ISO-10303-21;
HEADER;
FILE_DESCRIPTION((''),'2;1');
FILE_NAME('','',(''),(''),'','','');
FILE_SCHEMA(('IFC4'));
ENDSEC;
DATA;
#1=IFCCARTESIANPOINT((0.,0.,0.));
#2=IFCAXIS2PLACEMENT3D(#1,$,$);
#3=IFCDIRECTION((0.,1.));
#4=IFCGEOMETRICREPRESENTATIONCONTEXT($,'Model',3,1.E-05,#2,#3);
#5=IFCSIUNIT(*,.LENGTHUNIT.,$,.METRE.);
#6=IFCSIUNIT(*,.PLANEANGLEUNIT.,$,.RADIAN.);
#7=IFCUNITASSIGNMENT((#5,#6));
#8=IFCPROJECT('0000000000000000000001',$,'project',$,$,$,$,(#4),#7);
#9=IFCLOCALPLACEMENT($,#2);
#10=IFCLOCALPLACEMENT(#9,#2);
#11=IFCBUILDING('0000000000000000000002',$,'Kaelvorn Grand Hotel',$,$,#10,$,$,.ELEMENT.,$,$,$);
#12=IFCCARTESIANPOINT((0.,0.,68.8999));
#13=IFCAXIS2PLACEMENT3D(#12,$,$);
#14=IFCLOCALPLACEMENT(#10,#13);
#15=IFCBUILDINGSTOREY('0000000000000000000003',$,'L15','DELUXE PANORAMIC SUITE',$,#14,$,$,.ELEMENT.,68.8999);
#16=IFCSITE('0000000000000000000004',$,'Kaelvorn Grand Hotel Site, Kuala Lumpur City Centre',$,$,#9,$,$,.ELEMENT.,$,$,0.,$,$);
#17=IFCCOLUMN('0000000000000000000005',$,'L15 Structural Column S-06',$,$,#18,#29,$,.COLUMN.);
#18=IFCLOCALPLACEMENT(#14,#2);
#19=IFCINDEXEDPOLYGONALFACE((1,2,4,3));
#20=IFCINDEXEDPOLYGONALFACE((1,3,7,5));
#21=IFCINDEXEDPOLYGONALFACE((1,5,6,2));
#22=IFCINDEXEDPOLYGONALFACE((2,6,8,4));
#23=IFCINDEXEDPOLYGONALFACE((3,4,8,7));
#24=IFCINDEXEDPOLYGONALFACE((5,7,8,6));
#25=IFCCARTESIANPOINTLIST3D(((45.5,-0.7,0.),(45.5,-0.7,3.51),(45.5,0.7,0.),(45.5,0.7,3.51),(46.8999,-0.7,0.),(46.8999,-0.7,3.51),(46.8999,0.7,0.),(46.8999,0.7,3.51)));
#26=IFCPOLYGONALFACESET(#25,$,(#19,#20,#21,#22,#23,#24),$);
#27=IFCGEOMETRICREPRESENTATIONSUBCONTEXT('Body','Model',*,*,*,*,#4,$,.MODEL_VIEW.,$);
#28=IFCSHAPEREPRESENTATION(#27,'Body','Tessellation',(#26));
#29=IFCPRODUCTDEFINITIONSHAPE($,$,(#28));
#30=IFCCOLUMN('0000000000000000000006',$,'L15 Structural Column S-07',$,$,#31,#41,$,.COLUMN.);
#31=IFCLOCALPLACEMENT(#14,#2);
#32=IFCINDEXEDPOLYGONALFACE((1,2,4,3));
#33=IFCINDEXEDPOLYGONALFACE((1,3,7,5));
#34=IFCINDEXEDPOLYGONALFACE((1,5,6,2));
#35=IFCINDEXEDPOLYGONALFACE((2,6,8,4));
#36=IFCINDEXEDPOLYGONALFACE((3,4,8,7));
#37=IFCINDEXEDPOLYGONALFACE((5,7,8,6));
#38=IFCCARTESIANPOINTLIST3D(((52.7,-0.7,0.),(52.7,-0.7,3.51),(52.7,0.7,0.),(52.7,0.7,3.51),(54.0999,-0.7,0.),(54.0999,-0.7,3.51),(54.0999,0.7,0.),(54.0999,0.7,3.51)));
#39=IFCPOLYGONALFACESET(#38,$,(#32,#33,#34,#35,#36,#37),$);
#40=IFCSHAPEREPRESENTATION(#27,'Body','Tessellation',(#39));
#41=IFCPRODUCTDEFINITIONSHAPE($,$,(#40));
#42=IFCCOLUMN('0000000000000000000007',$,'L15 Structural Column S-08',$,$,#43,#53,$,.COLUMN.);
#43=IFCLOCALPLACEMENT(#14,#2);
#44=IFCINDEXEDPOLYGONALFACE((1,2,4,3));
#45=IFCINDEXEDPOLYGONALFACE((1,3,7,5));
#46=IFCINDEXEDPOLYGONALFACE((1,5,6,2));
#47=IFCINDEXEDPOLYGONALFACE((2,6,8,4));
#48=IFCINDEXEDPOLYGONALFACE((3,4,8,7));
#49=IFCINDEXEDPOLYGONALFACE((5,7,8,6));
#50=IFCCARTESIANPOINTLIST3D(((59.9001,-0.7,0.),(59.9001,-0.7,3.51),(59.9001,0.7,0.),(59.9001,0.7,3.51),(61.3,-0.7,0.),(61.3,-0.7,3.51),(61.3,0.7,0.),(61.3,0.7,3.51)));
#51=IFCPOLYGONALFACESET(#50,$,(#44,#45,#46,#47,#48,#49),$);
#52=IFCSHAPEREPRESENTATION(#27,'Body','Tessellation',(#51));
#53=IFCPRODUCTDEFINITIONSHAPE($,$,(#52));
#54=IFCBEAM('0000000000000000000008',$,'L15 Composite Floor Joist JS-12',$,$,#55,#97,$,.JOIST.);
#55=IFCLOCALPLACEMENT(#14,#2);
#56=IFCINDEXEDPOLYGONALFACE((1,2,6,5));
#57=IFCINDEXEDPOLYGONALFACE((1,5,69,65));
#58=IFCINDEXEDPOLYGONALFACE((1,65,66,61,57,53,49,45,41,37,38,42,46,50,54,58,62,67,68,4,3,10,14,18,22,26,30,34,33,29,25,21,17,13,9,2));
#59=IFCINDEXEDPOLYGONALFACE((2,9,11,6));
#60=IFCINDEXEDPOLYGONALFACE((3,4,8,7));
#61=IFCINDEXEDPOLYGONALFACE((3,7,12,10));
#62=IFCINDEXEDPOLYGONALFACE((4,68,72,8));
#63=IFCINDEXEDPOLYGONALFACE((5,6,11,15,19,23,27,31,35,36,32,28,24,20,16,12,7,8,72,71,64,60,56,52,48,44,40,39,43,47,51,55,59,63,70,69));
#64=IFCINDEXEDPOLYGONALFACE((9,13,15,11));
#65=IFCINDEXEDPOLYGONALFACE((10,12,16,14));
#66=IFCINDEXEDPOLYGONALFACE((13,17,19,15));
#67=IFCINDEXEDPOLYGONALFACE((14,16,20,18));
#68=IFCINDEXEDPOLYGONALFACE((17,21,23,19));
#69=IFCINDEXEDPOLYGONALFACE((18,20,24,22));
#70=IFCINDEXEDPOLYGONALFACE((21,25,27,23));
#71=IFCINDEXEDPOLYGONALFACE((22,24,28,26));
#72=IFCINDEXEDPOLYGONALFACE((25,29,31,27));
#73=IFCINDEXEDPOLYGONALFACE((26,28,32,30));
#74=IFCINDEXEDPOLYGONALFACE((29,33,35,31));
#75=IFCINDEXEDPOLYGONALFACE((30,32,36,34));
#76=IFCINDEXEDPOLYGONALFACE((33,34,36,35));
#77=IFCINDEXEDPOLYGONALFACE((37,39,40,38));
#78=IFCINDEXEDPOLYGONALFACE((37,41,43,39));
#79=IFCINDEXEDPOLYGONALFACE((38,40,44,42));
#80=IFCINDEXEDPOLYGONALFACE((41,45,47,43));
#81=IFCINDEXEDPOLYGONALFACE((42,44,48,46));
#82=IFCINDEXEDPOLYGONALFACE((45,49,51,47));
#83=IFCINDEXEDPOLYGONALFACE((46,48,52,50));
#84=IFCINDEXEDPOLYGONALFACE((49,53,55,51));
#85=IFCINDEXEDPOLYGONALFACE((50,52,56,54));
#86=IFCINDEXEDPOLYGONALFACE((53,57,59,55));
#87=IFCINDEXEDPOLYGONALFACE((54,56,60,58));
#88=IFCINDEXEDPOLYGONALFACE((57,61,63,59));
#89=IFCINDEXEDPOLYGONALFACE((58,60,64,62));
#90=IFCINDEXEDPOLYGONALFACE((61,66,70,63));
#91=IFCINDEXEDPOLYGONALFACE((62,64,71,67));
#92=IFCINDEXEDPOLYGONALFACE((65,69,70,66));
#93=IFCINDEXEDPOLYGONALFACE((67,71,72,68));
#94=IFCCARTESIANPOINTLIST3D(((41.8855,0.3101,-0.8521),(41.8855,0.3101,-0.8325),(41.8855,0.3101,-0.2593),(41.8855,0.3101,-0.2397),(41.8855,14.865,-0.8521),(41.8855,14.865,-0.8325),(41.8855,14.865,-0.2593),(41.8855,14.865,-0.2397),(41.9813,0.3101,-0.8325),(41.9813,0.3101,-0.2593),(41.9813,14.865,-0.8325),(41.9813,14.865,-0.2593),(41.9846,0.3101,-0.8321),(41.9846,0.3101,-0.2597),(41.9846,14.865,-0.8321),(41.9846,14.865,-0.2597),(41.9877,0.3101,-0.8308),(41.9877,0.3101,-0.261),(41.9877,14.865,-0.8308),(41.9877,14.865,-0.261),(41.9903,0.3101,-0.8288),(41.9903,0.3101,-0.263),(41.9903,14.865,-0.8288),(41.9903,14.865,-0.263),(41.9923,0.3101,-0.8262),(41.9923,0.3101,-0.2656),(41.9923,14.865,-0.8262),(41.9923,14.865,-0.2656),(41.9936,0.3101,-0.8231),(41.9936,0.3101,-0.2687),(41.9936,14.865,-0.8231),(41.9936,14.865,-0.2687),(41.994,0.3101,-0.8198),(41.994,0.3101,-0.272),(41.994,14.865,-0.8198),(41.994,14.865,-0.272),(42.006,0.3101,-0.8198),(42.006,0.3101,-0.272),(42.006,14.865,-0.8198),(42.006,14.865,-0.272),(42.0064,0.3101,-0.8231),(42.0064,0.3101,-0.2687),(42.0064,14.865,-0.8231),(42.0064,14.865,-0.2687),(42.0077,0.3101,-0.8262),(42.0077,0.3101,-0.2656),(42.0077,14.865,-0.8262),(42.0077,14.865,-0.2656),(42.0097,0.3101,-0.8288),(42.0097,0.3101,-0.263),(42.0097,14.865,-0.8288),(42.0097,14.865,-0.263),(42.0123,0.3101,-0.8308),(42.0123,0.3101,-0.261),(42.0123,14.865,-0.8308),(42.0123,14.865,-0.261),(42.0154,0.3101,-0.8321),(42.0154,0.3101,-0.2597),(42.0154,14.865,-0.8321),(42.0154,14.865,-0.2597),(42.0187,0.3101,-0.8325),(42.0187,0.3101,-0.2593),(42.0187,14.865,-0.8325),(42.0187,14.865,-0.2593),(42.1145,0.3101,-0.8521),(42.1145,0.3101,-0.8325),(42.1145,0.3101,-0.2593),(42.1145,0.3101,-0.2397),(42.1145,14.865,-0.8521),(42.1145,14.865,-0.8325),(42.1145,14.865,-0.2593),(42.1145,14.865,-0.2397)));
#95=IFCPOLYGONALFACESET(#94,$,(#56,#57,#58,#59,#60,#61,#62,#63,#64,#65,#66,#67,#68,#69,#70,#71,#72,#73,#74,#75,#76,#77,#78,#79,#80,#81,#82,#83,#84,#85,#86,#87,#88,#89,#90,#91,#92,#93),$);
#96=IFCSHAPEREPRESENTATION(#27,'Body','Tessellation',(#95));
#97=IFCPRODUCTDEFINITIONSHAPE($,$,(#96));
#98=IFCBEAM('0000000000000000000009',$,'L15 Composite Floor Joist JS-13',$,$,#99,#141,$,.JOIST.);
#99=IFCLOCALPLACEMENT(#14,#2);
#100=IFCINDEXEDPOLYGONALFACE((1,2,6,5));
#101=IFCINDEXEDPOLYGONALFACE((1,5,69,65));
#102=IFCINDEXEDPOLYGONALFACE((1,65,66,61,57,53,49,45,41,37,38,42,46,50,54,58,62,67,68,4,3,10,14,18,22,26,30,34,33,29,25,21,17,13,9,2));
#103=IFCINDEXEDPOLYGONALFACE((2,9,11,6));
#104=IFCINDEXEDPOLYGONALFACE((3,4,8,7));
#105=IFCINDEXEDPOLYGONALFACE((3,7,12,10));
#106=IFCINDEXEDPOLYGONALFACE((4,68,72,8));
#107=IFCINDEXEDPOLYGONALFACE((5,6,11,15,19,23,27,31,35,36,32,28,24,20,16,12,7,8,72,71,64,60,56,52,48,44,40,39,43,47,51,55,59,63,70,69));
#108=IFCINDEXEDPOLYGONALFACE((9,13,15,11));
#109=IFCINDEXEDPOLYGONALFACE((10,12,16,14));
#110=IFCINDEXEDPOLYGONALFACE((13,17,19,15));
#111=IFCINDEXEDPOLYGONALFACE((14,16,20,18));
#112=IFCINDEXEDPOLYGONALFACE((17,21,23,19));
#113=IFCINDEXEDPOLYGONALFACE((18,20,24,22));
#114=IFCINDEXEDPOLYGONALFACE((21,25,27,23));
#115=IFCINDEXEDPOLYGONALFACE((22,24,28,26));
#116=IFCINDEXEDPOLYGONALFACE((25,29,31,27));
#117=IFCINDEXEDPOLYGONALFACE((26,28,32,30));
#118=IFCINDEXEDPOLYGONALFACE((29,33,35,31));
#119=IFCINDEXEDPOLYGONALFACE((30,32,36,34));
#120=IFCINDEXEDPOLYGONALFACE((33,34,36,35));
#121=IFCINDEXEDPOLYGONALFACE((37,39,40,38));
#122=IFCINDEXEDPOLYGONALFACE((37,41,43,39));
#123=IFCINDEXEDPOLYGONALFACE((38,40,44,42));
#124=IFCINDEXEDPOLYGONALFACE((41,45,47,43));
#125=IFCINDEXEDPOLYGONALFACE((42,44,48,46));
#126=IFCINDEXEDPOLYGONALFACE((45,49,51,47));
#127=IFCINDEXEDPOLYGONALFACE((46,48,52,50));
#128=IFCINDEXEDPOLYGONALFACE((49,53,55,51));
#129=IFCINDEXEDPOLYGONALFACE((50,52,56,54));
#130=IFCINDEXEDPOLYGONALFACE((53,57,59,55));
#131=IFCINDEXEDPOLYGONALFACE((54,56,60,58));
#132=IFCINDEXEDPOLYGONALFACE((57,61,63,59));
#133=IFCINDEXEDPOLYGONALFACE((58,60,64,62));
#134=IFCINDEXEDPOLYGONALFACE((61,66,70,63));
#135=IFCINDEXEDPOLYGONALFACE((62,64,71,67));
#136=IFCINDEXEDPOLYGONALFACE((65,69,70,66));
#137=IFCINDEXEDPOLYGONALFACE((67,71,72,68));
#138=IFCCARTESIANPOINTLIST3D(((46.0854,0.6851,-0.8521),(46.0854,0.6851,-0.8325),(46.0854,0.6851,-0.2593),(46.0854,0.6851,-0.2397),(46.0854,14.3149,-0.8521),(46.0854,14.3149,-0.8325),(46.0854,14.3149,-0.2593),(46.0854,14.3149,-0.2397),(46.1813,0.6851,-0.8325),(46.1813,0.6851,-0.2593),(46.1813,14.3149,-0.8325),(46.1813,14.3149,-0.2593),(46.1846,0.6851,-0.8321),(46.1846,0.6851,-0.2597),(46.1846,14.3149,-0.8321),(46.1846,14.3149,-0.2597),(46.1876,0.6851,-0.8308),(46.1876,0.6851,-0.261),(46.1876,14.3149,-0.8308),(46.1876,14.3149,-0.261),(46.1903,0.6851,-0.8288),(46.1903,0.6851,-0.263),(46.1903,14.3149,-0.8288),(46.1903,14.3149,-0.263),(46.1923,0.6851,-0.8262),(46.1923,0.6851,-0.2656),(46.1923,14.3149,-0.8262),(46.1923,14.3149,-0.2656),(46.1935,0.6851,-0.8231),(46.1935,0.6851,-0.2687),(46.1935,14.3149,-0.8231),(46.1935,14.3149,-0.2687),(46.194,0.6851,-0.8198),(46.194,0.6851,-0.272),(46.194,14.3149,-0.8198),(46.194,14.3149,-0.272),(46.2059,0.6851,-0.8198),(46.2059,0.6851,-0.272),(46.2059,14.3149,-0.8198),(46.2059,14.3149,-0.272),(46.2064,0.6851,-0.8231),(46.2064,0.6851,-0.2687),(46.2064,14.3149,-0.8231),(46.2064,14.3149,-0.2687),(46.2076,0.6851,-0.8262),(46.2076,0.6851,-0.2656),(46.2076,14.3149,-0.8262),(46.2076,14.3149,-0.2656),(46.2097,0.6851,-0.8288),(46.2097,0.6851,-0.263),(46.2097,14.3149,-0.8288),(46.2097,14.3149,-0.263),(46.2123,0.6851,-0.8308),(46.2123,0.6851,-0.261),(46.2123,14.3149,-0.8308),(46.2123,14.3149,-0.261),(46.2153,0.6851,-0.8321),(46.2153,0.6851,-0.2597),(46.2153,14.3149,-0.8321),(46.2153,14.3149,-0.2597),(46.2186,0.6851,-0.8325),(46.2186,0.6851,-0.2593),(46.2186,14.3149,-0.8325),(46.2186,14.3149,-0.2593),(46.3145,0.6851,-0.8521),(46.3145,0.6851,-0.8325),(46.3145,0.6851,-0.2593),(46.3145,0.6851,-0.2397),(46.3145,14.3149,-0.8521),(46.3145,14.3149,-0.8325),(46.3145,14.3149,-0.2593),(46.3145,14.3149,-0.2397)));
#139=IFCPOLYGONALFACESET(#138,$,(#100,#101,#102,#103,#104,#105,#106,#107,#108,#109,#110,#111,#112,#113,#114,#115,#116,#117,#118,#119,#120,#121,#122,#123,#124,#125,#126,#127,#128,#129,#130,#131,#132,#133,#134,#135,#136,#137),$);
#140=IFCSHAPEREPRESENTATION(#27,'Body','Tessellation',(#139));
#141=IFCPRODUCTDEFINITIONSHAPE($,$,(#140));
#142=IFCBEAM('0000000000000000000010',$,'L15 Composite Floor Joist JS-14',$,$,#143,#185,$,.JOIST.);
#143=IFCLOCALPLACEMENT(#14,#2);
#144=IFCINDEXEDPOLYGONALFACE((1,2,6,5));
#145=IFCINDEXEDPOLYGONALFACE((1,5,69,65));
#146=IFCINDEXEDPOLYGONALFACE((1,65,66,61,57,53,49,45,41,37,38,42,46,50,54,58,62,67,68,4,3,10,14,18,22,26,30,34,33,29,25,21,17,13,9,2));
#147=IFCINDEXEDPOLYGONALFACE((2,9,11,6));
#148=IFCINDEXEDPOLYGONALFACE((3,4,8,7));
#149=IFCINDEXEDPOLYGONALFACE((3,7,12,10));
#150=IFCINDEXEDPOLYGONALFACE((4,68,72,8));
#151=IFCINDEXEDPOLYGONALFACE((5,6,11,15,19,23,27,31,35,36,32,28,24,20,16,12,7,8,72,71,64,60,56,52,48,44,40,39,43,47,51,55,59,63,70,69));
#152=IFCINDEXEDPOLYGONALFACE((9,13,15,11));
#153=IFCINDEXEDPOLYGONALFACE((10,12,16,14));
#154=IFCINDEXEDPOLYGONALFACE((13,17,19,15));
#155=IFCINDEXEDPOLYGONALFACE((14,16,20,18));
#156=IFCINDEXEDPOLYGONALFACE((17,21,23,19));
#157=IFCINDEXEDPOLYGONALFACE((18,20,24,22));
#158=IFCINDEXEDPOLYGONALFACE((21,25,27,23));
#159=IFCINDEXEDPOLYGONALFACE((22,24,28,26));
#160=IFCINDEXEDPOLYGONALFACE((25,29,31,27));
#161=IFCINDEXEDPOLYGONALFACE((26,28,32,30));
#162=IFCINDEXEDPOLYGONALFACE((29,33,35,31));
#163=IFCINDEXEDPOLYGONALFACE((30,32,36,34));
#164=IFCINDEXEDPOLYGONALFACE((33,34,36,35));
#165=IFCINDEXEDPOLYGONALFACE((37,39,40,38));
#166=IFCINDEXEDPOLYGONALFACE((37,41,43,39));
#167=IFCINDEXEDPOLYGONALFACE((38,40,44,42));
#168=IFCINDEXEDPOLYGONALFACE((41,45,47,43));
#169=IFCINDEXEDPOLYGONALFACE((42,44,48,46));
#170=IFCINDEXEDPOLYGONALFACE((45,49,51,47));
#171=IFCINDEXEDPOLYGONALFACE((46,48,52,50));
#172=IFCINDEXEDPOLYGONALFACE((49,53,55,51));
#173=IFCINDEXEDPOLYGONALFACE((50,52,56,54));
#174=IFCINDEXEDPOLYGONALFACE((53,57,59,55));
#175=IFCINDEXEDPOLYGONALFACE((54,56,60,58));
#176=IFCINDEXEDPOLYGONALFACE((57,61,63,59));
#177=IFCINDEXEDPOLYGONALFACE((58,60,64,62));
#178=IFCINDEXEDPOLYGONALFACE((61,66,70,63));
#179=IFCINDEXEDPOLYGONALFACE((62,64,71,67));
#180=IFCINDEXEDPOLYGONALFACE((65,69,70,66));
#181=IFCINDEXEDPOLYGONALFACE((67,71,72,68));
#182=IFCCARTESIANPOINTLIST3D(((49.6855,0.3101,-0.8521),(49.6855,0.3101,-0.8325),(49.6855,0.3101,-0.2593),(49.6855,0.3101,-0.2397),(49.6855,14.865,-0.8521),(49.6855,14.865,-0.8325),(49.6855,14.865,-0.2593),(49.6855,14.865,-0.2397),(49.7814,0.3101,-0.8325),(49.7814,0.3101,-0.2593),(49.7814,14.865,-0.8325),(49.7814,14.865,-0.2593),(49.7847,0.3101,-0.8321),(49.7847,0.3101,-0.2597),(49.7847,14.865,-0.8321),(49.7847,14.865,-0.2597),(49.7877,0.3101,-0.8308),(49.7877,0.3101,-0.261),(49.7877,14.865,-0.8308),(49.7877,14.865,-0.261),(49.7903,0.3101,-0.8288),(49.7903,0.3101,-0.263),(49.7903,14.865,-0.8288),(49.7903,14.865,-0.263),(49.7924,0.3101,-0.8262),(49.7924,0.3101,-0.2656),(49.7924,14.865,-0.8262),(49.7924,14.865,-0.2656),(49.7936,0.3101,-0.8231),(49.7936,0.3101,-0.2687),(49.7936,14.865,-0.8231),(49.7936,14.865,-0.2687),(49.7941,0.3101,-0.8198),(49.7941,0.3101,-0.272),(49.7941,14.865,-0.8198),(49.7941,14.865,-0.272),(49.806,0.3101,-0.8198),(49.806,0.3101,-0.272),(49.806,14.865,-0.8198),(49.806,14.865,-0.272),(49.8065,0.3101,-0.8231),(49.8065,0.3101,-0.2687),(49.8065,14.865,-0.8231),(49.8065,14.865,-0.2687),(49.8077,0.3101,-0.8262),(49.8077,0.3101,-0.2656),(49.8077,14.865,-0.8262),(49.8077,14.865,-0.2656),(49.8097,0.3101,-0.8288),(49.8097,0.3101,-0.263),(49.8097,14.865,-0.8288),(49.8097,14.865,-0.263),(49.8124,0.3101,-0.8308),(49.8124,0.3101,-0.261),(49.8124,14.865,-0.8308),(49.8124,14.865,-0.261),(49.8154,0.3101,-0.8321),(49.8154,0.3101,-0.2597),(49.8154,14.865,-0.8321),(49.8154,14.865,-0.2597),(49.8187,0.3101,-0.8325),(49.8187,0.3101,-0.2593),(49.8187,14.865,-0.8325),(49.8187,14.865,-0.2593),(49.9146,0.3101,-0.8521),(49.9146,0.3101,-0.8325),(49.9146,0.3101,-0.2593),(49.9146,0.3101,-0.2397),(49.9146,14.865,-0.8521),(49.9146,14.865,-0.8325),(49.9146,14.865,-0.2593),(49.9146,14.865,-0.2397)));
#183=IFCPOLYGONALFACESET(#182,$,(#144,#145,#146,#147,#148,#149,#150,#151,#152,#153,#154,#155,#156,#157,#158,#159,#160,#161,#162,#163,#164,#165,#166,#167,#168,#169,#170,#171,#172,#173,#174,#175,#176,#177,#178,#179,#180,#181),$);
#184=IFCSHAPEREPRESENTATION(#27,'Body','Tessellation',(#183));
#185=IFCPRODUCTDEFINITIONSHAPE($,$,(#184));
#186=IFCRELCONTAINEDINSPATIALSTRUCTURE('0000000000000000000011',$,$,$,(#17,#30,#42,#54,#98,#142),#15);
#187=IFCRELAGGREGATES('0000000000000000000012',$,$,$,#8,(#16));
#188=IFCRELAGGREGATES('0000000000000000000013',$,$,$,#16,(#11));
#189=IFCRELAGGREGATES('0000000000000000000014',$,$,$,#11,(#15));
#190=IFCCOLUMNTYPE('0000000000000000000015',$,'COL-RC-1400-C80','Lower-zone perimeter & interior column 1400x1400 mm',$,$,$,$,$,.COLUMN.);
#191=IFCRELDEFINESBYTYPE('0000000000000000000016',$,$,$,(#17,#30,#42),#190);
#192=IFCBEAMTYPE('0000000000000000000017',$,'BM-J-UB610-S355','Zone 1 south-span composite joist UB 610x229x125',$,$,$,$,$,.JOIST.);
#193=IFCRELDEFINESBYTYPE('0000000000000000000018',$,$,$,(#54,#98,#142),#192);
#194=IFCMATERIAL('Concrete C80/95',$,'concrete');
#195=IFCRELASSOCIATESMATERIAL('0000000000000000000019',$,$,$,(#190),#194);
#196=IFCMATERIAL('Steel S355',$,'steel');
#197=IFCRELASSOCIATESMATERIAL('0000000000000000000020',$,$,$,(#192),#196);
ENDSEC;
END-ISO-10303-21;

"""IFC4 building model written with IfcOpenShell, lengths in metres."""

from ifc_helpers import new_model, si_unit, direction, frame, origin, origin_2d, place, context, subcontext, project, spatial, rectangle, i_section, extrude, material, material_profile, profile_set, type_object, element, save


model = new_model("IFC4")

# Units and contexts
model_context = context("Model", 3, precision=1e-05, world=origin(), true_north=direction((0.0, 1.0)))
body_context = subcontext(model_context, "Body", "Model", "MODEL_VIEW")
ifc_project = project(units=[si_unit("LENGTHUNIT", "METRE"), si_unit("PLANEANGLEUNIT", "RADIAN")], contexts=[model_context])

# Site, building, storey
site_placement = place(None, origin())
site = spatial("IfcSite", under=ifc_project, at=site_placement, Name="Kaelvorn Grand Hotel Site, Kuala Lumpur City Centre", CompositionType="ELEMENT", RefElevation=0.0)
building_placement = place(site_placement, origin())
building = spatial("IfcBuilding", under=site, at=building_placement, Name="Kaelvorn Grand Hotel", CompositionType="ELEMENT")
storey_placement = place(building_placement, frame((0.0, 0.0, 68.8999)))
storey = spatial("IfcBuildingStorey", under=building, at=storey_placement, Name="L15", Description="DELUXE PANORAMIC SUITE", CompositionType="ELEMENT", Elevation=68.8999)

# Columns
ifc_material_1 = material(Name="Concrete C80/95", Category="concrete")
ifc_material_profile_1 = material_profile(ifc_material_1, rectangle(XDim=1.3999, YDim=1.3999, at=origin_2d()), Name="RC COL 1400x1400")
ifc_profile_set_1 = profile_set([ifc_material_profile_1], Name="Concrete C80/95")
column_type = type_object("IfcColumnType", Name="COL-RC-1400-C80", Description="Lower-zone perimeter & interior column 1400x1400 mm", PredefinedType="COLUMN", material=ifc_profile_set_1)
for number, where, z_axis, x_axis, name in (
    (1, (46.2, 0.0, 0.0), (0.0, 0.0, 1.0), (1.0, 0.0, 0.0), "L15 Structural Column S-06"),
    (2, (53.3999, 0.0, 0.0), (0.0, 0.0, 1.0), (1.0, 0.0, 0.0), "L15 Structural Column S-07"),
    (3, (60.6001, 0.0, 0.0), (0.0, 0.0, 1.0), (1.0, 0.0, 0.0), "L15 Structural Column S-08"),
):
    element("IfcColumn", number, at=place(storey_placement, frame(where, z_axis=z_axis, x_axis=x_axis)), inside=storey, type_object=column_type, Name=name, PredefinedType="COLUMN", context=body_context, shape_type="SweptSolid", body=[
        extrude(rectangle(XDim=1.3999, YDim=1.3999, at=origin_2d()), origin(), (0.0, 0.0, 1.0), 3.51),
    ])

# Beams
ifc_material_2 = material(Name="Steel S355", Category="steel")
ifc_material_profile_2 = material_profile(ifc_material_2, i_section(OverallWidth=0.229, OverallDepth=0.6123, WebThickness=0.012, FlangeThickness=0.0195, FilletRadius=0.0127, at=origin_2d()), Name="UB 610x229x125")
ifc_profile_set_2 = profile_set([ifc_material_profile_2], Name="Steel S355")
beam_type_1 = type_object("IfcBeamType", Name="BM-J-UB610-S355", Description="Zone 1 south-span composite joist UB 610x229x125", PredefinedType="JOIST", material=ifc_profile_set_2)
beam_1_placement = place(storey_placement, frame((42.0, 0.3101, -0.5459), z_axis=(0.0, 1.0, 0.0), x_axis=(-1.0, 0.0, 0.0)))
element("IfcBeam", 4, at=beam_1_placement, inside=storey, type_object=beam_type_1, Name="L15 Composite Floor Joist JS-12", PredefinedType="JOIST", context=body_context, shape_type="SweptSolid", body=[
    extrude(i_section(OverallWidth=0.229, OverallDepth=0.6123, WebThickness=0.012, FlangeThickness=0.0195, FilletRadius=0.0127, at=origin_2d()), origin(), (0.0, 0.0, 1.0), 14.5549),
])
beam_2_placement = place(storey_placement, frame((46.2, 0.6851, -0.5459), z_axis=(0.0, 1.0, 0.0), x_axis=(-1.0, 0.0, 0.0)))
element("IfcBeam", 5, at=beam_2_placement, inside=storey, type_object=beam_type_1, Name="L15 Composite Floor Joist JS-13", PredefinedType="JOIST", context=body_context, shape_type="SweptSolid", body=[
    extrude(i_section(OverallWidth=0.229, OverallDepth=0.6123, WebThickness=0.012, FlangeThickness=0.0195, FilletRadius=0.0127, at=origin_2d()), origin(), (0.0, 0.0, 1.0), 13.6299),
])
beam_3_placement = place(storey_placement, frame((49.8, 0.3101, -0.5459), z_axis=(0.0, 1.0, 0.0), x_axis=(-1.0, 0.0, 0.0)))
element("IfcBeam", 6, at=beam_3_placement, inside=storey, type_object=beam_type_1, Name="L15 Composite Floor Joist JS-14", PredefinedType="JOIST", context=body_context, shape_type="SweptSolid", body=[
    extrude(i_section(OverallWidth=0.229, OverallDepth=0.6123, WebThickness=0.012, FlangeThickness=0.0195, FilletRadius=0.0127, at=origin_2d()), origin(), (0.0, 0.0, 1.0), 14.5549),
])

save(model, "model.ifc")
